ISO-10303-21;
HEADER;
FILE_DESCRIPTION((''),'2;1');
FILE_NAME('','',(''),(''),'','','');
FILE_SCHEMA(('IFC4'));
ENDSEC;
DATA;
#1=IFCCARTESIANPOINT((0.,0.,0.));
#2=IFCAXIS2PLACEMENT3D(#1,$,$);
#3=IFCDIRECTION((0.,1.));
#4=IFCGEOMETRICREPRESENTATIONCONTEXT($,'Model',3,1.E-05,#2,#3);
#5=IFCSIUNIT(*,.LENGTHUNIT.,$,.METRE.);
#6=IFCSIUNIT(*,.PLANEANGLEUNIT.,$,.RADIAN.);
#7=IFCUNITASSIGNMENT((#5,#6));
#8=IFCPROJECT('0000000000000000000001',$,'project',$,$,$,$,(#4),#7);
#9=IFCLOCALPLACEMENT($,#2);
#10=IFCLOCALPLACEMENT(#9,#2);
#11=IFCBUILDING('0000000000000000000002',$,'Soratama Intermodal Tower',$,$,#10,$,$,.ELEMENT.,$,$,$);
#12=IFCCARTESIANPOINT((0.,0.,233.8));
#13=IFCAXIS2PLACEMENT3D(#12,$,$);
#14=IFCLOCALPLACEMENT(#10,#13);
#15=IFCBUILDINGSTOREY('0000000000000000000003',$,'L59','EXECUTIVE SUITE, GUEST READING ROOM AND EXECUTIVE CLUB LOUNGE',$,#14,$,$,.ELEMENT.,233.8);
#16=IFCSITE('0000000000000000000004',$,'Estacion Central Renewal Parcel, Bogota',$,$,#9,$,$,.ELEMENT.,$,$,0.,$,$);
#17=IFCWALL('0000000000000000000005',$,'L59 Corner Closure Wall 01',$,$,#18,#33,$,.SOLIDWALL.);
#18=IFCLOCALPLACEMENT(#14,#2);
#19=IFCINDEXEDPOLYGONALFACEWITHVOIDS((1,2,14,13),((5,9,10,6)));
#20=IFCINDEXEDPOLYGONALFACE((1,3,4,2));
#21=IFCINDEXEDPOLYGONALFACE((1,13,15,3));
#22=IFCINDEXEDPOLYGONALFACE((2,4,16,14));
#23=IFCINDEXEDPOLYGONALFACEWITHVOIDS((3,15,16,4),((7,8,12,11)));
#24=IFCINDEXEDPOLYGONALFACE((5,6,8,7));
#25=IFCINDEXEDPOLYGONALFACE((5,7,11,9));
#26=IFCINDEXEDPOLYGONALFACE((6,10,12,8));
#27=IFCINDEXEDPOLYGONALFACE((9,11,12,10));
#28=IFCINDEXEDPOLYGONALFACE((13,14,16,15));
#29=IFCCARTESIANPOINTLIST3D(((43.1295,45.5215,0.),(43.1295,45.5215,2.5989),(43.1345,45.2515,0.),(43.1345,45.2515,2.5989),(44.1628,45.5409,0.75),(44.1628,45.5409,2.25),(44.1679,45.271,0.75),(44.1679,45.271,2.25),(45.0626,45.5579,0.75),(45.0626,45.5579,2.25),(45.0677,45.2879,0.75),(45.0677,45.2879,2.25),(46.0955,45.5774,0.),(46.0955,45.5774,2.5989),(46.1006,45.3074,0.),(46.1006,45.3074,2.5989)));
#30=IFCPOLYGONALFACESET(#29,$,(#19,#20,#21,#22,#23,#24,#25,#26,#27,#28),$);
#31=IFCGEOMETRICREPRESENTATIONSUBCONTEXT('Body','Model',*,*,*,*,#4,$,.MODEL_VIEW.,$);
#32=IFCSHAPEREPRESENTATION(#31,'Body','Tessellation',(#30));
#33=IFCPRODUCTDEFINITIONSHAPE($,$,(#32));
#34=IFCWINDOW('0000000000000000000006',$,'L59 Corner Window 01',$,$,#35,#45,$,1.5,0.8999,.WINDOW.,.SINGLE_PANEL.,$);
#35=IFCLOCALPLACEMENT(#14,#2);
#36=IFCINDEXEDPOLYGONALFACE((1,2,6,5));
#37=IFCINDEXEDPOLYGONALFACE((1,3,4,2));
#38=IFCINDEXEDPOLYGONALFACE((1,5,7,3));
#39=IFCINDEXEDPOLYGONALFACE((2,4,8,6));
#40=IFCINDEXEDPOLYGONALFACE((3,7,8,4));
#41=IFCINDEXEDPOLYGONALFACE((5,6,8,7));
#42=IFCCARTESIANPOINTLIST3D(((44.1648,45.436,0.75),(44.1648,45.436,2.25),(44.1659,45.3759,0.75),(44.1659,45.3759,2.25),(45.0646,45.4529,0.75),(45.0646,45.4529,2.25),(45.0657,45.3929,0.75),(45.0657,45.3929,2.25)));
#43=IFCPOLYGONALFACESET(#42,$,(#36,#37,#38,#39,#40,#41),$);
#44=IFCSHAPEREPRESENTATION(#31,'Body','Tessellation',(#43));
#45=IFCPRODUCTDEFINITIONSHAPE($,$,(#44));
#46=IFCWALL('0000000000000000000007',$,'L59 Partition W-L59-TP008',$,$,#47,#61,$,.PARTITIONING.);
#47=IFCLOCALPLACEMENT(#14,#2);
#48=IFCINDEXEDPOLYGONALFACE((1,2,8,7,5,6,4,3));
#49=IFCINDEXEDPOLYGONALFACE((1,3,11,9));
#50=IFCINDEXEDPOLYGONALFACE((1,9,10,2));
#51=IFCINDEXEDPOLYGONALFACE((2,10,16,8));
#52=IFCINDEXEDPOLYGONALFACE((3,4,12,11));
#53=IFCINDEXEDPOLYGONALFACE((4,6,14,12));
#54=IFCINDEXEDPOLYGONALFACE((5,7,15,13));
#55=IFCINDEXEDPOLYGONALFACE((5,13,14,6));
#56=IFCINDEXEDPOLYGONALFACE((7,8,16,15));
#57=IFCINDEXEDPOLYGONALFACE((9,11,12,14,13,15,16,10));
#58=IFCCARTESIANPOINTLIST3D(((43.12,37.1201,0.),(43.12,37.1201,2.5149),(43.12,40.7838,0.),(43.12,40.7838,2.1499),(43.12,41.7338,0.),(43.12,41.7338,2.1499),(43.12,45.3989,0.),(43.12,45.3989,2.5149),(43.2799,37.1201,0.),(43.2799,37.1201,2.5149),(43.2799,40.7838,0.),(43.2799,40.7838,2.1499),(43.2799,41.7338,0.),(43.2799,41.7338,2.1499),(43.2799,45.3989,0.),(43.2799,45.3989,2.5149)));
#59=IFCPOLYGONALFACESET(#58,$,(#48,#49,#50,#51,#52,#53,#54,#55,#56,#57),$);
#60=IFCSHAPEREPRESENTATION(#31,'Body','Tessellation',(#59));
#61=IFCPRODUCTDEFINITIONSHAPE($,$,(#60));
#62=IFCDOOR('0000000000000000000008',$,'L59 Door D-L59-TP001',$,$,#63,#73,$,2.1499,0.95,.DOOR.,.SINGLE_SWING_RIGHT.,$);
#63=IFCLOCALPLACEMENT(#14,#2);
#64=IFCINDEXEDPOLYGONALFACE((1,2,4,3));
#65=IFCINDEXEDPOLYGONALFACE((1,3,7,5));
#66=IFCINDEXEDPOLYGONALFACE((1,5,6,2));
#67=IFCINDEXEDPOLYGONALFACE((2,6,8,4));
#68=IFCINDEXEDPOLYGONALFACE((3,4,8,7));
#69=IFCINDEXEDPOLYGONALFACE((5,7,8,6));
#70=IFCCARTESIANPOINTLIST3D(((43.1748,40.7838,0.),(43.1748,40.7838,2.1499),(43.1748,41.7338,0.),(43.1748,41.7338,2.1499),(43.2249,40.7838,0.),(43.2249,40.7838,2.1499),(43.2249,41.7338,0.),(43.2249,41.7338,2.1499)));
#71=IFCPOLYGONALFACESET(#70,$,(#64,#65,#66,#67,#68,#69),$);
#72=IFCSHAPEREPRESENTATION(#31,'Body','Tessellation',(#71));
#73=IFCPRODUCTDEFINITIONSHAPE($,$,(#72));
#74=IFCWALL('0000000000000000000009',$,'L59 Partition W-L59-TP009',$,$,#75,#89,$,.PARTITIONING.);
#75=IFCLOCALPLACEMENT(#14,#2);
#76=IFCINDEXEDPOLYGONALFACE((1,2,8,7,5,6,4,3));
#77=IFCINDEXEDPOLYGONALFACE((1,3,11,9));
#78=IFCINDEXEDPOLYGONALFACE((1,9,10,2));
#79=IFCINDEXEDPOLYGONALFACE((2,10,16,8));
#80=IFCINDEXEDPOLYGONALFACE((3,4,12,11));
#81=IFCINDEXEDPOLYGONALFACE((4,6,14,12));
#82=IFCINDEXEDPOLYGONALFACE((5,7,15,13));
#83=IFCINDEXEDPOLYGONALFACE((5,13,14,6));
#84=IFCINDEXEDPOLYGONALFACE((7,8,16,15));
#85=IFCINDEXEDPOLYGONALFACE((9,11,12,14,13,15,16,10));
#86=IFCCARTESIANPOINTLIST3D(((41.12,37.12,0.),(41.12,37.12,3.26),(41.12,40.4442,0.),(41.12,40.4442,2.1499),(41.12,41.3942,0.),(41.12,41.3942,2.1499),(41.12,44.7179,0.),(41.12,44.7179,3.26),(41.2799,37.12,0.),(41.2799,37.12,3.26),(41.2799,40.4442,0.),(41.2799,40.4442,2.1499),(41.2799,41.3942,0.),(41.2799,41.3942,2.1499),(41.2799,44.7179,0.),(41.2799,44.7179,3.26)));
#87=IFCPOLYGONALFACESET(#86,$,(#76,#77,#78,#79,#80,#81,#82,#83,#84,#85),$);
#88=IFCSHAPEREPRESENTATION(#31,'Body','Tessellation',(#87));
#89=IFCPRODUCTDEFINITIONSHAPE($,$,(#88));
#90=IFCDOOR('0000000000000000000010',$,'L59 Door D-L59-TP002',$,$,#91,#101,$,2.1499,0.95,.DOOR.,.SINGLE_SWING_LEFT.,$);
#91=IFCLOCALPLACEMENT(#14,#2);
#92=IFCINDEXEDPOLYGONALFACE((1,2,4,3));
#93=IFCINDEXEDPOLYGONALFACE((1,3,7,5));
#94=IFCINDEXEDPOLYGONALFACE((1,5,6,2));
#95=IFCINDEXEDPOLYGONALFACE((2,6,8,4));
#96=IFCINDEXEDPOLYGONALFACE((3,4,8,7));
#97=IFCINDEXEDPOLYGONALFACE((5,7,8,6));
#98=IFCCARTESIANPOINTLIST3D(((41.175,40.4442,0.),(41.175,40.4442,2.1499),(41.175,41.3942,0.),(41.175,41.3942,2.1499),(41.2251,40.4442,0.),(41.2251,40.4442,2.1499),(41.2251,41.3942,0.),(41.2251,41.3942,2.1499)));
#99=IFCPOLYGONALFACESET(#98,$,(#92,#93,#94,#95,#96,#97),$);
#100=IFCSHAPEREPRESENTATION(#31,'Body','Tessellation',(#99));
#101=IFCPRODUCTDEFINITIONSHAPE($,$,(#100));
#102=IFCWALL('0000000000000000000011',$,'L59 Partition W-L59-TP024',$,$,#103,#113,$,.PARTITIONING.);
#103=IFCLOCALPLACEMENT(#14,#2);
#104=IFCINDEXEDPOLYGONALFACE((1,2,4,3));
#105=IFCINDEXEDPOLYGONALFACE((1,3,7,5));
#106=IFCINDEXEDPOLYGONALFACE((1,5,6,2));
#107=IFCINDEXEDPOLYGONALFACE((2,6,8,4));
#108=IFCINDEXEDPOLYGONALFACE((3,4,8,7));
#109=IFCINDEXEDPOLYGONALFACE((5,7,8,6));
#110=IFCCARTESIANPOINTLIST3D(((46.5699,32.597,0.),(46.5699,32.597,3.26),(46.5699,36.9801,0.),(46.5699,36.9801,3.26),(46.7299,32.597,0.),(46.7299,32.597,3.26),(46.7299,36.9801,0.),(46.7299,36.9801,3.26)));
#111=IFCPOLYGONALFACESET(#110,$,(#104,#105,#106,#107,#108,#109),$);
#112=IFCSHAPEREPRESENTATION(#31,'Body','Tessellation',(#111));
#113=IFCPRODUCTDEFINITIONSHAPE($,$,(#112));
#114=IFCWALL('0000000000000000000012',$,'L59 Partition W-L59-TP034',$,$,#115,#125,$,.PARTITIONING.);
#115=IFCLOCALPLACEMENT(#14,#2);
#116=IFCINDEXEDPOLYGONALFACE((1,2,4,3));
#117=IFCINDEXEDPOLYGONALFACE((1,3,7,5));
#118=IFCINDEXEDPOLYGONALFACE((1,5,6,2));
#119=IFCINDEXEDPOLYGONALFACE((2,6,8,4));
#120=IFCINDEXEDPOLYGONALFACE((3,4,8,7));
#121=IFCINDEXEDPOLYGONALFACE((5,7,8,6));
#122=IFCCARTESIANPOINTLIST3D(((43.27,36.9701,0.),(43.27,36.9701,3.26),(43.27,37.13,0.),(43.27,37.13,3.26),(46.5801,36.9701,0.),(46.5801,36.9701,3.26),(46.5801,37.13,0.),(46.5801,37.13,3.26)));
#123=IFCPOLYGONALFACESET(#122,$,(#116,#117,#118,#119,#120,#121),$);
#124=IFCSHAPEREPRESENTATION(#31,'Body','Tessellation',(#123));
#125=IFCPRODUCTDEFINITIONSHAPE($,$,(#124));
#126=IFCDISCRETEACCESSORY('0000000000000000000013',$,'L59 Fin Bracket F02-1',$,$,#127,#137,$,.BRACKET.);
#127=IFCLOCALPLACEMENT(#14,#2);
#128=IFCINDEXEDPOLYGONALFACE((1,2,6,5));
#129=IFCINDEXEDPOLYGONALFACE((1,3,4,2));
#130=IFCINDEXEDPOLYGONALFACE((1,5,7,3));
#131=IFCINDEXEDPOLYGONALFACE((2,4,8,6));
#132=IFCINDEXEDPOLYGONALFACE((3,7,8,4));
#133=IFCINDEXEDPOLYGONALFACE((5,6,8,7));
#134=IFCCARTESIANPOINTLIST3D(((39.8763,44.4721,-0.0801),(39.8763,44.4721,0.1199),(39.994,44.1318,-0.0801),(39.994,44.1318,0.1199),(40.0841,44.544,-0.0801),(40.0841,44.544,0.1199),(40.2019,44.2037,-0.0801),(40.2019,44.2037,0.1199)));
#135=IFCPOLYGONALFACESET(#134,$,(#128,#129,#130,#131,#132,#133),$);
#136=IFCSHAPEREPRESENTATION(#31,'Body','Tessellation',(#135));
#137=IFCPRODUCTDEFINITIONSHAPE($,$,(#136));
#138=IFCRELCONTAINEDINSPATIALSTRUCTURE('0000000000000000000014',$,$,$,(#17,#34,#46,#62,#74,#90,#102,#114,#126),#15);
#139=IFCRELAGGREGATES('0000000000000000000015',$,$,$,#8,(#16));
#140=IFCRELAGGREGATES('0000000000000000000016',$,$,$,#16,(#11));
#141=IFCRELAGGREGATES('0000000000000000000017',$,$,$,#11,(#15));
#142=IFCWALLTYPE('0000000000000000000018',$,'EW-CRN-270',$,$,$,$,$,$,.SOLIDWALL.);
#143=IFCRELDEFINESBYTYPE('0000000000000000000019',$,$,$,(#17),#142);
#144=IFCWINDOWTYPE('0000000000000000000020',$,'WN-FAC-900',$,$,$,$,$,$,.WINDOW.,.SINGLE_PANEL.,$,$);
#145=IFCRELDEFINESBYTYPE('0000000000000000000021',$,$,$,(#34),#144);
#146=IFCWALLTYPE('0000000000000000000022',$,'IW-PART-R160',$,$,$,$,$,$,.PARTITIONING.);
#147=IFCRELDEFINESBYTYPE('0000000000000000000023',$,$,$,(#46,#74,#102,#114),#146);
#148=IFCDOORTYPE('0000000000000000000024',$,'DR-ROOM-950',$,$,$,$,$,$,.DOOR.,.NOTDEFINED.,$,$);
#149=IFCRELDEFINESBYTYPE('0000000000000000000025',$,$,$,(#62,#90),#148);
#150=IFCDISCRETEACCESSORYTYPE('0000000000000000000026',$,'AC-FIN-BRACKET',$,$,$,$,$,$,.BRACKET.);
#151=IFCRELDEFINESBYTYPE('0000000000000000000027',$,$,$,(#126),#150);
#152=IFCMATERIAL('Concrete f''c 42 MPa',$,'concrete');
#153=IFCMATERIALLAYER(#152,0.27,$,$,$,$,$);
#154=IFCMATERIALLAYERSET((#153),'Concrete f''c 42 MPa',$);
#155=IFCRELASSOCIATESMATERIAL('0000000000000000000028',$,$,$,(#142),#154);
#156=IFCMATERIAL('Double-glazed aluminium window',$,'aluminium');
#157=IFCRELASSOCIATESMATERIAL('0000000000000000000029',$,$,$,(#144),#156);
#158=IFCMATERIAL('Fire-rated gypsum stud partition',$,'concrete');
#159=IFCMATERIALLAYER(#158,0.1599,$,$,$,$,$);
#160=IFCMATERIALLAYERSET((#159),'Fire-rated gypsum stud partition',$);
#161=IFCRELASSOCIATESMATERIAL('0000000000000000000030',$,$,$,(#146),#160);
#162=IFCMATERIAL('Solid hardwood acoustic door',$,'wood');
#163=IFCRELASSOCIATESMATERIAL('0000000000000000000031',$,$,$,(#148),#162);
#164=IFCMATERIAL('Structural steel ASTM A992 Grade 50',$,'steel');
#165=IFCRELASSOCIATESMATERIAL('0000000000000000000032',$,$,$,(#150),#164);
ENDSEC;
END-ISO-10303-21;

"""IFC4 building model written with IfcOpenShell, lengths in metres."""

from ifc_helpers import new_model, si_unit, direction, frame, frame_2d, origin, origin_2d, place, context, subcontext, project, spatial, rectangle, extrude, material, layer, layer_set, type_object, element, fill, save


model = new_model("IFC4")

# Units and contexts
model_context = context("Model", 3, precision=1e-05, world=origin(), true_north=direction((0.0, 1.0)))
body_context = subcontext(model_context, "Body", "Model", "MODEL_VIEW")
ifc_project = project(units=[si_unit("LENGTHUNIT", "METRE"), si_unit("PLANEANGLEUNIT", "RADIAN")], contexts=[model_context])

# Site, building, storey
site_placement = place(None, origin())
site = spatial("IfcSite", under=ifc_project, at=site_placement, Name="Estacion Central Renewal Parcel, Bogota", CompositionType="ELEMENT", RefElevation=0.0)
building_placement = place(site_placement, origin())
building = spatial("IfcBuilding", under=site, at=building_placement, Name="Soratama Intermodal Tower", CompositionType="ELEMENT")
storey_placement = place(building_placement, frame((0.0, 0.0, 233.8)))
storey = spatial("IfcBuildingStorey", under=building, at=storey_placement, Name="L59", Description="EXECUTIVE SUITE, GUEST READING ROOM AND EXECUTIVE CLUB LOUNGE", CompositionType="ELEMENT", Elevation=233.8)

# Wall, opening, window
ifc_material_1 = material(Name="Concrete f'c 42 MPa", Category="concrete")
ifc_layer_1 = layer(ifc_material_1, 0.27)
ifc_layer_set_1 = layer_set([ifc_layer_1], Name="Concrete f'c 42 MPa")
wall_type_1 = type_object("IfcWallType", Name="EW-CRN-270", PredefinedType="SOLIDWALL", material=ifc_layer_set_1)
wall_1_placement = place(storey_placement, frame((46.0981, 45.4424, 0.0), z_axis=(0.0, 0.0, 1.0), x_axis=(-0.999822, -0.018846, 0.0)))
wall_1 = element("IfcWall", 1, at=wall_1_placement, inside=storey, type_object=wall_type_1, Name="L59 Corner Closure Wall 01", PredefinedType="SOLIDWALL", context=body_context, shape_type="SweptSolid", body=[
    extrude(rectangle(XDim=2.9666, YDim=0.27, at=frame_2d((1.4834, 0.0))), origin(), (0.0, 0.0, 1.0), 2.5989),
])
opening_1_placement = place(wall_1_placement, frame((1.0332, 0.0, 0.75)))
opening_1 = element("IfcOpeningElement", 2, at=opening_1_placement, cuts=wall_1, PredefinedType="OPENING", context=body_context, shape_type="SweptSolid", body=[
    extrude(rectangle(XDim=0.8999, YDim=1.5, at=frame_2d((0.45, 0.75))), frame((0.0, 0.145, 0.0), z_axis=(0.0, -1.0, 0.0), x_axis=(1.0, 0.0, 0.0)), (0.0, 0.0, 1.0), 0.29),
])
ifc_material_2 = material(Name="Double-glazed aluminium window", Category="aluminium")
window_type = type_object("IfcWindowType", Name="WN-FAC-900", PartitioningType="SINGLE_PANEL", PredefinedType="WINDOW", material=ifc_material_2)
window_placement = place(opening_1_placement, origin())
window = element("IfcWindow", 3, at=window_placement, inside=storey, type_object=window_type, Name="L59 Corner Window 01", OverallHeight=1.5, OverallWidth=0.8999, PartitioningType="SINGLE_PANEL", PredefinedType="WINDOW", context=body_context, shape_type="SweptSolid", body=[
    extrude(rectangle(XDim=0.8999, YDim=1.5, at=frame_2d((0.45, 0.75))), frame((0.0, 0.03, 0.0), z_axis=(0.0, -1.0, 0.0), x_axis=(1.0, 0.0, 0.0)), (0.0, 0.0, 1.0), 0.0601),
])
fill(opening_1, window)

# Walls, openings, doors
ifc_material_3 = material(Name="Fire-rated gypsum stud partition", Category="concrete")
ifc_layer_2 = layer(ifc_material_3, 0.1599)
ifc_layer_set_2 = layer_set([ifc_layer_2], Name="Fire-rated gypsum stud partition")
wall_type_2 = type_object("IfcWallType", Name="IW-PART-R160", PredefinedType="PARTITIONING", material=ifc_layer_set_2)
wall_2_placement = place(storey_placement, frame((43.2, 45.3989, 0.0), z_axis=(0.0, 0.0, 1.0), x_axis=(0.0, -1.0, 0.0)))
wall_2 = element("IfcWall", 4, at=wall_2_placement, inside=storey, type_object=wall_type_2, Name="L59 Partition W-L59-TP008", PredefinedType="PARTITIONING", context=body_context, shape_type="SweptSolid", body=[
    extrude(rectangle(XDim=8.2788, YDim=0.1599, at=frame_2d((4.1394, 0.0))), origin(), (0.0, 0.0, 1.0), 2.5149),
])
opening_2_placement = place(wall_2_placement, frame((3.665, 0.0, 0.0)))
opening_2 = element("IfcOpeningElement", 5, at=opening_2_placement, cuts=wall_2, PredefinedType="OPENING", context=body_context, shape_type="SweptSolid", body=[
    extrude(rectangle(XDim=0.95, YDim=2.1499, at=frame_2d((0.4751, 1.075))), frame((0.0, 0.0898, 0.0), z_axis=(0.0, -1.0, 0.0), x_axis=(1.0, 0.0, 0.0)), (0.0, 0.0, 1.0), 0.1799),
])
ifc_material_4 = material(Name="Solid hardwood acoustic door", Category="wood")
door_type = type_object("IfcDoorType", Name="DR-ROOM-950", OperationType="NOTDEFINED", PredefinedType="DOOR", material=ifc_material_4)
door_1_placement = place(opening_2_placement, origin())
door_1 = element("IfcDoor", 6, at=door_1_placement, inside=storey, type_object=door_type, Name="L59 Door D-L59-TP001", OperationType="SINGLE_SWING_RIGHT", OverallHeight=2.1499, OverallWidth=0.95, PredefinedType="DOOR", context=body_context, shape_type="SweptSolid", body=[
    extrude(rectangle(XDim=0.95, YDim=2.1499, at=frame_2d((0.4751, 1.075))), frame((0.0, 0.0249, 0.0), z_axis=(0.0, -1.0, 0.0), x_axis=(1.0, 0.0, 0.0)), (0.0, 0.0, 1.0), 0.05),
])
fill(opening_2, door_1)
wall_3_placement = place(storey_placement, frame((41.2, 37.1201, 0.0), z_axis=(0.0, 0.0, 1.0), x_axis=(0.0, 1.0, 0.0)))
wall_3 = element("IfcWall", 7, at=wall_3_placement, inside=storey, type_object=wall_type_2, Name="L59 Partition W-L59-TP009", PredefinedType="PARTITIONING", context=body_context, shape_type="SweptSolid", body=[
    extrude(rectangle(XDim=7.5979, YDim=0.1599, at=frame_2d((3.7988, 0.0))), origin(), (0.0, 0.0, 1.0), 3.26),
])
opening_3_placement = place(wall_3_placement, frame((3.324, 0.0, 0.0)))
opening_3 = element("IfcOpeningElement", 8, at=opening_3_placement, cuts=wall_3, PredefinedType="OPENING", context=body_context, shape_type="SweptSolid", body=[
    extrude(rectangle(XDim=0.95, YDim=2.1499, at=frame_2d((0.4751, 1.075))), frame((0.0, 0.0898, 0.0), z_axis=(0.0, -1.0, 0.0), x_axis=(1.0, 0.0, 0.0)), (0.0, 0.0, 1.0), 0.1799),
])
door_2_placement = place(opening_3_placement, origin())
door_2 = element("IfcDoor", 9, at=door_2_placement, inside=storey, type_object=door_type, Name="L59 Door D-L59-TP002", OperationType="SINGLE_SWING_LEFT", OverallHeight=2.1499, OverallWidth=0.95, PredefinedType="DOOR", context=body_context, shape_type="SweptSolid", body=[
    extrude(rectangle(XDim=0.95, YDim=2.1499, at=frame_2d((0.4751, 1.075))), frame((0.0, 0.0249, 0.0), z_axis=(0.0, -1.0, 0.0), x_axis=(1.0, 0.0, 0.0)), (0.0, 0.0, 1.0), 0.05),
])
fill(opening_3, door_2)

# Walls
wall_4_placement = place(storey_placement, frame((46.6499, 36.98, 0.0), z_axis=(0.0, 0.0, 1.0), x_axis=(0.0, -1.0, 0.0)))
element("IfcWall", 10, at=wall_4_placement, inside=storey, type_object=wall_type_2, Name="L59 Partition W-L59-TP024", PredefinedType="PARTITIONING", context=body_context, shape_type="SweptSolid", body=[
    extrude(rectangle(XDim=4.3831, YDim=0.1599, at=frame_2d((2.1914, 0.0))), origin(), (0.0, 0.0, 1.0), 3.26),
])
wall_5_placement = place(storey_placement, frame((43.27, 37.05, 0.0), z_axis=(0.0, 0.0, 1.0), x_axis=(1.0, 0.0, 0.0)))
element("IfcWall", 11, at=wall_5_placement, inside=storey, type_object=wall_type_2, Name="L59 Partition W-L59-TP034", PredefinedType="PARTITIONING", context=body_context, shape_type="SweptSolid", body=[
    extrude(rectangle(XDim=3.3101, YDim=0.1599, at=frame_2d((1.655, 0.0))), origin(), (0.0, 0.0, 1.0), 3.26),
])

# Discrete accessory
ifc_material_5 = material(Name="Structural steel ASTM A992 Grade 50", Category="steel")
discrete_accessory_type = type_object("IfcDiscreteAccessoryType", Name="AC-FIN-BRACKET", PredefinedType="BRACKET", material=ifc_material_5)
discrete_accessory_placement = place(storey_placement, frame((40.0391, 44.3379, -0.0801), z_axis=(0.0, 0.0, 1.0), x_axis=(-0.326888, 0.945063, 0.0)))
element("IfcDiscreteAccessory", 12, at=discrete_accessory_placement, inside=storey, type_object=discrete_accessory_type, Name="L59 Fin Bracket F02-1", PredefinedType="BRACKET", context=body_context, shape_type="SweptSolid", body=[
    extrude(rectangle(XDim=0.3601, YDim=0.22, at=origin_2d()), origin(), (0.0, 0.0, 1.0), 0.2),
])

save(model, "model.ifc")
